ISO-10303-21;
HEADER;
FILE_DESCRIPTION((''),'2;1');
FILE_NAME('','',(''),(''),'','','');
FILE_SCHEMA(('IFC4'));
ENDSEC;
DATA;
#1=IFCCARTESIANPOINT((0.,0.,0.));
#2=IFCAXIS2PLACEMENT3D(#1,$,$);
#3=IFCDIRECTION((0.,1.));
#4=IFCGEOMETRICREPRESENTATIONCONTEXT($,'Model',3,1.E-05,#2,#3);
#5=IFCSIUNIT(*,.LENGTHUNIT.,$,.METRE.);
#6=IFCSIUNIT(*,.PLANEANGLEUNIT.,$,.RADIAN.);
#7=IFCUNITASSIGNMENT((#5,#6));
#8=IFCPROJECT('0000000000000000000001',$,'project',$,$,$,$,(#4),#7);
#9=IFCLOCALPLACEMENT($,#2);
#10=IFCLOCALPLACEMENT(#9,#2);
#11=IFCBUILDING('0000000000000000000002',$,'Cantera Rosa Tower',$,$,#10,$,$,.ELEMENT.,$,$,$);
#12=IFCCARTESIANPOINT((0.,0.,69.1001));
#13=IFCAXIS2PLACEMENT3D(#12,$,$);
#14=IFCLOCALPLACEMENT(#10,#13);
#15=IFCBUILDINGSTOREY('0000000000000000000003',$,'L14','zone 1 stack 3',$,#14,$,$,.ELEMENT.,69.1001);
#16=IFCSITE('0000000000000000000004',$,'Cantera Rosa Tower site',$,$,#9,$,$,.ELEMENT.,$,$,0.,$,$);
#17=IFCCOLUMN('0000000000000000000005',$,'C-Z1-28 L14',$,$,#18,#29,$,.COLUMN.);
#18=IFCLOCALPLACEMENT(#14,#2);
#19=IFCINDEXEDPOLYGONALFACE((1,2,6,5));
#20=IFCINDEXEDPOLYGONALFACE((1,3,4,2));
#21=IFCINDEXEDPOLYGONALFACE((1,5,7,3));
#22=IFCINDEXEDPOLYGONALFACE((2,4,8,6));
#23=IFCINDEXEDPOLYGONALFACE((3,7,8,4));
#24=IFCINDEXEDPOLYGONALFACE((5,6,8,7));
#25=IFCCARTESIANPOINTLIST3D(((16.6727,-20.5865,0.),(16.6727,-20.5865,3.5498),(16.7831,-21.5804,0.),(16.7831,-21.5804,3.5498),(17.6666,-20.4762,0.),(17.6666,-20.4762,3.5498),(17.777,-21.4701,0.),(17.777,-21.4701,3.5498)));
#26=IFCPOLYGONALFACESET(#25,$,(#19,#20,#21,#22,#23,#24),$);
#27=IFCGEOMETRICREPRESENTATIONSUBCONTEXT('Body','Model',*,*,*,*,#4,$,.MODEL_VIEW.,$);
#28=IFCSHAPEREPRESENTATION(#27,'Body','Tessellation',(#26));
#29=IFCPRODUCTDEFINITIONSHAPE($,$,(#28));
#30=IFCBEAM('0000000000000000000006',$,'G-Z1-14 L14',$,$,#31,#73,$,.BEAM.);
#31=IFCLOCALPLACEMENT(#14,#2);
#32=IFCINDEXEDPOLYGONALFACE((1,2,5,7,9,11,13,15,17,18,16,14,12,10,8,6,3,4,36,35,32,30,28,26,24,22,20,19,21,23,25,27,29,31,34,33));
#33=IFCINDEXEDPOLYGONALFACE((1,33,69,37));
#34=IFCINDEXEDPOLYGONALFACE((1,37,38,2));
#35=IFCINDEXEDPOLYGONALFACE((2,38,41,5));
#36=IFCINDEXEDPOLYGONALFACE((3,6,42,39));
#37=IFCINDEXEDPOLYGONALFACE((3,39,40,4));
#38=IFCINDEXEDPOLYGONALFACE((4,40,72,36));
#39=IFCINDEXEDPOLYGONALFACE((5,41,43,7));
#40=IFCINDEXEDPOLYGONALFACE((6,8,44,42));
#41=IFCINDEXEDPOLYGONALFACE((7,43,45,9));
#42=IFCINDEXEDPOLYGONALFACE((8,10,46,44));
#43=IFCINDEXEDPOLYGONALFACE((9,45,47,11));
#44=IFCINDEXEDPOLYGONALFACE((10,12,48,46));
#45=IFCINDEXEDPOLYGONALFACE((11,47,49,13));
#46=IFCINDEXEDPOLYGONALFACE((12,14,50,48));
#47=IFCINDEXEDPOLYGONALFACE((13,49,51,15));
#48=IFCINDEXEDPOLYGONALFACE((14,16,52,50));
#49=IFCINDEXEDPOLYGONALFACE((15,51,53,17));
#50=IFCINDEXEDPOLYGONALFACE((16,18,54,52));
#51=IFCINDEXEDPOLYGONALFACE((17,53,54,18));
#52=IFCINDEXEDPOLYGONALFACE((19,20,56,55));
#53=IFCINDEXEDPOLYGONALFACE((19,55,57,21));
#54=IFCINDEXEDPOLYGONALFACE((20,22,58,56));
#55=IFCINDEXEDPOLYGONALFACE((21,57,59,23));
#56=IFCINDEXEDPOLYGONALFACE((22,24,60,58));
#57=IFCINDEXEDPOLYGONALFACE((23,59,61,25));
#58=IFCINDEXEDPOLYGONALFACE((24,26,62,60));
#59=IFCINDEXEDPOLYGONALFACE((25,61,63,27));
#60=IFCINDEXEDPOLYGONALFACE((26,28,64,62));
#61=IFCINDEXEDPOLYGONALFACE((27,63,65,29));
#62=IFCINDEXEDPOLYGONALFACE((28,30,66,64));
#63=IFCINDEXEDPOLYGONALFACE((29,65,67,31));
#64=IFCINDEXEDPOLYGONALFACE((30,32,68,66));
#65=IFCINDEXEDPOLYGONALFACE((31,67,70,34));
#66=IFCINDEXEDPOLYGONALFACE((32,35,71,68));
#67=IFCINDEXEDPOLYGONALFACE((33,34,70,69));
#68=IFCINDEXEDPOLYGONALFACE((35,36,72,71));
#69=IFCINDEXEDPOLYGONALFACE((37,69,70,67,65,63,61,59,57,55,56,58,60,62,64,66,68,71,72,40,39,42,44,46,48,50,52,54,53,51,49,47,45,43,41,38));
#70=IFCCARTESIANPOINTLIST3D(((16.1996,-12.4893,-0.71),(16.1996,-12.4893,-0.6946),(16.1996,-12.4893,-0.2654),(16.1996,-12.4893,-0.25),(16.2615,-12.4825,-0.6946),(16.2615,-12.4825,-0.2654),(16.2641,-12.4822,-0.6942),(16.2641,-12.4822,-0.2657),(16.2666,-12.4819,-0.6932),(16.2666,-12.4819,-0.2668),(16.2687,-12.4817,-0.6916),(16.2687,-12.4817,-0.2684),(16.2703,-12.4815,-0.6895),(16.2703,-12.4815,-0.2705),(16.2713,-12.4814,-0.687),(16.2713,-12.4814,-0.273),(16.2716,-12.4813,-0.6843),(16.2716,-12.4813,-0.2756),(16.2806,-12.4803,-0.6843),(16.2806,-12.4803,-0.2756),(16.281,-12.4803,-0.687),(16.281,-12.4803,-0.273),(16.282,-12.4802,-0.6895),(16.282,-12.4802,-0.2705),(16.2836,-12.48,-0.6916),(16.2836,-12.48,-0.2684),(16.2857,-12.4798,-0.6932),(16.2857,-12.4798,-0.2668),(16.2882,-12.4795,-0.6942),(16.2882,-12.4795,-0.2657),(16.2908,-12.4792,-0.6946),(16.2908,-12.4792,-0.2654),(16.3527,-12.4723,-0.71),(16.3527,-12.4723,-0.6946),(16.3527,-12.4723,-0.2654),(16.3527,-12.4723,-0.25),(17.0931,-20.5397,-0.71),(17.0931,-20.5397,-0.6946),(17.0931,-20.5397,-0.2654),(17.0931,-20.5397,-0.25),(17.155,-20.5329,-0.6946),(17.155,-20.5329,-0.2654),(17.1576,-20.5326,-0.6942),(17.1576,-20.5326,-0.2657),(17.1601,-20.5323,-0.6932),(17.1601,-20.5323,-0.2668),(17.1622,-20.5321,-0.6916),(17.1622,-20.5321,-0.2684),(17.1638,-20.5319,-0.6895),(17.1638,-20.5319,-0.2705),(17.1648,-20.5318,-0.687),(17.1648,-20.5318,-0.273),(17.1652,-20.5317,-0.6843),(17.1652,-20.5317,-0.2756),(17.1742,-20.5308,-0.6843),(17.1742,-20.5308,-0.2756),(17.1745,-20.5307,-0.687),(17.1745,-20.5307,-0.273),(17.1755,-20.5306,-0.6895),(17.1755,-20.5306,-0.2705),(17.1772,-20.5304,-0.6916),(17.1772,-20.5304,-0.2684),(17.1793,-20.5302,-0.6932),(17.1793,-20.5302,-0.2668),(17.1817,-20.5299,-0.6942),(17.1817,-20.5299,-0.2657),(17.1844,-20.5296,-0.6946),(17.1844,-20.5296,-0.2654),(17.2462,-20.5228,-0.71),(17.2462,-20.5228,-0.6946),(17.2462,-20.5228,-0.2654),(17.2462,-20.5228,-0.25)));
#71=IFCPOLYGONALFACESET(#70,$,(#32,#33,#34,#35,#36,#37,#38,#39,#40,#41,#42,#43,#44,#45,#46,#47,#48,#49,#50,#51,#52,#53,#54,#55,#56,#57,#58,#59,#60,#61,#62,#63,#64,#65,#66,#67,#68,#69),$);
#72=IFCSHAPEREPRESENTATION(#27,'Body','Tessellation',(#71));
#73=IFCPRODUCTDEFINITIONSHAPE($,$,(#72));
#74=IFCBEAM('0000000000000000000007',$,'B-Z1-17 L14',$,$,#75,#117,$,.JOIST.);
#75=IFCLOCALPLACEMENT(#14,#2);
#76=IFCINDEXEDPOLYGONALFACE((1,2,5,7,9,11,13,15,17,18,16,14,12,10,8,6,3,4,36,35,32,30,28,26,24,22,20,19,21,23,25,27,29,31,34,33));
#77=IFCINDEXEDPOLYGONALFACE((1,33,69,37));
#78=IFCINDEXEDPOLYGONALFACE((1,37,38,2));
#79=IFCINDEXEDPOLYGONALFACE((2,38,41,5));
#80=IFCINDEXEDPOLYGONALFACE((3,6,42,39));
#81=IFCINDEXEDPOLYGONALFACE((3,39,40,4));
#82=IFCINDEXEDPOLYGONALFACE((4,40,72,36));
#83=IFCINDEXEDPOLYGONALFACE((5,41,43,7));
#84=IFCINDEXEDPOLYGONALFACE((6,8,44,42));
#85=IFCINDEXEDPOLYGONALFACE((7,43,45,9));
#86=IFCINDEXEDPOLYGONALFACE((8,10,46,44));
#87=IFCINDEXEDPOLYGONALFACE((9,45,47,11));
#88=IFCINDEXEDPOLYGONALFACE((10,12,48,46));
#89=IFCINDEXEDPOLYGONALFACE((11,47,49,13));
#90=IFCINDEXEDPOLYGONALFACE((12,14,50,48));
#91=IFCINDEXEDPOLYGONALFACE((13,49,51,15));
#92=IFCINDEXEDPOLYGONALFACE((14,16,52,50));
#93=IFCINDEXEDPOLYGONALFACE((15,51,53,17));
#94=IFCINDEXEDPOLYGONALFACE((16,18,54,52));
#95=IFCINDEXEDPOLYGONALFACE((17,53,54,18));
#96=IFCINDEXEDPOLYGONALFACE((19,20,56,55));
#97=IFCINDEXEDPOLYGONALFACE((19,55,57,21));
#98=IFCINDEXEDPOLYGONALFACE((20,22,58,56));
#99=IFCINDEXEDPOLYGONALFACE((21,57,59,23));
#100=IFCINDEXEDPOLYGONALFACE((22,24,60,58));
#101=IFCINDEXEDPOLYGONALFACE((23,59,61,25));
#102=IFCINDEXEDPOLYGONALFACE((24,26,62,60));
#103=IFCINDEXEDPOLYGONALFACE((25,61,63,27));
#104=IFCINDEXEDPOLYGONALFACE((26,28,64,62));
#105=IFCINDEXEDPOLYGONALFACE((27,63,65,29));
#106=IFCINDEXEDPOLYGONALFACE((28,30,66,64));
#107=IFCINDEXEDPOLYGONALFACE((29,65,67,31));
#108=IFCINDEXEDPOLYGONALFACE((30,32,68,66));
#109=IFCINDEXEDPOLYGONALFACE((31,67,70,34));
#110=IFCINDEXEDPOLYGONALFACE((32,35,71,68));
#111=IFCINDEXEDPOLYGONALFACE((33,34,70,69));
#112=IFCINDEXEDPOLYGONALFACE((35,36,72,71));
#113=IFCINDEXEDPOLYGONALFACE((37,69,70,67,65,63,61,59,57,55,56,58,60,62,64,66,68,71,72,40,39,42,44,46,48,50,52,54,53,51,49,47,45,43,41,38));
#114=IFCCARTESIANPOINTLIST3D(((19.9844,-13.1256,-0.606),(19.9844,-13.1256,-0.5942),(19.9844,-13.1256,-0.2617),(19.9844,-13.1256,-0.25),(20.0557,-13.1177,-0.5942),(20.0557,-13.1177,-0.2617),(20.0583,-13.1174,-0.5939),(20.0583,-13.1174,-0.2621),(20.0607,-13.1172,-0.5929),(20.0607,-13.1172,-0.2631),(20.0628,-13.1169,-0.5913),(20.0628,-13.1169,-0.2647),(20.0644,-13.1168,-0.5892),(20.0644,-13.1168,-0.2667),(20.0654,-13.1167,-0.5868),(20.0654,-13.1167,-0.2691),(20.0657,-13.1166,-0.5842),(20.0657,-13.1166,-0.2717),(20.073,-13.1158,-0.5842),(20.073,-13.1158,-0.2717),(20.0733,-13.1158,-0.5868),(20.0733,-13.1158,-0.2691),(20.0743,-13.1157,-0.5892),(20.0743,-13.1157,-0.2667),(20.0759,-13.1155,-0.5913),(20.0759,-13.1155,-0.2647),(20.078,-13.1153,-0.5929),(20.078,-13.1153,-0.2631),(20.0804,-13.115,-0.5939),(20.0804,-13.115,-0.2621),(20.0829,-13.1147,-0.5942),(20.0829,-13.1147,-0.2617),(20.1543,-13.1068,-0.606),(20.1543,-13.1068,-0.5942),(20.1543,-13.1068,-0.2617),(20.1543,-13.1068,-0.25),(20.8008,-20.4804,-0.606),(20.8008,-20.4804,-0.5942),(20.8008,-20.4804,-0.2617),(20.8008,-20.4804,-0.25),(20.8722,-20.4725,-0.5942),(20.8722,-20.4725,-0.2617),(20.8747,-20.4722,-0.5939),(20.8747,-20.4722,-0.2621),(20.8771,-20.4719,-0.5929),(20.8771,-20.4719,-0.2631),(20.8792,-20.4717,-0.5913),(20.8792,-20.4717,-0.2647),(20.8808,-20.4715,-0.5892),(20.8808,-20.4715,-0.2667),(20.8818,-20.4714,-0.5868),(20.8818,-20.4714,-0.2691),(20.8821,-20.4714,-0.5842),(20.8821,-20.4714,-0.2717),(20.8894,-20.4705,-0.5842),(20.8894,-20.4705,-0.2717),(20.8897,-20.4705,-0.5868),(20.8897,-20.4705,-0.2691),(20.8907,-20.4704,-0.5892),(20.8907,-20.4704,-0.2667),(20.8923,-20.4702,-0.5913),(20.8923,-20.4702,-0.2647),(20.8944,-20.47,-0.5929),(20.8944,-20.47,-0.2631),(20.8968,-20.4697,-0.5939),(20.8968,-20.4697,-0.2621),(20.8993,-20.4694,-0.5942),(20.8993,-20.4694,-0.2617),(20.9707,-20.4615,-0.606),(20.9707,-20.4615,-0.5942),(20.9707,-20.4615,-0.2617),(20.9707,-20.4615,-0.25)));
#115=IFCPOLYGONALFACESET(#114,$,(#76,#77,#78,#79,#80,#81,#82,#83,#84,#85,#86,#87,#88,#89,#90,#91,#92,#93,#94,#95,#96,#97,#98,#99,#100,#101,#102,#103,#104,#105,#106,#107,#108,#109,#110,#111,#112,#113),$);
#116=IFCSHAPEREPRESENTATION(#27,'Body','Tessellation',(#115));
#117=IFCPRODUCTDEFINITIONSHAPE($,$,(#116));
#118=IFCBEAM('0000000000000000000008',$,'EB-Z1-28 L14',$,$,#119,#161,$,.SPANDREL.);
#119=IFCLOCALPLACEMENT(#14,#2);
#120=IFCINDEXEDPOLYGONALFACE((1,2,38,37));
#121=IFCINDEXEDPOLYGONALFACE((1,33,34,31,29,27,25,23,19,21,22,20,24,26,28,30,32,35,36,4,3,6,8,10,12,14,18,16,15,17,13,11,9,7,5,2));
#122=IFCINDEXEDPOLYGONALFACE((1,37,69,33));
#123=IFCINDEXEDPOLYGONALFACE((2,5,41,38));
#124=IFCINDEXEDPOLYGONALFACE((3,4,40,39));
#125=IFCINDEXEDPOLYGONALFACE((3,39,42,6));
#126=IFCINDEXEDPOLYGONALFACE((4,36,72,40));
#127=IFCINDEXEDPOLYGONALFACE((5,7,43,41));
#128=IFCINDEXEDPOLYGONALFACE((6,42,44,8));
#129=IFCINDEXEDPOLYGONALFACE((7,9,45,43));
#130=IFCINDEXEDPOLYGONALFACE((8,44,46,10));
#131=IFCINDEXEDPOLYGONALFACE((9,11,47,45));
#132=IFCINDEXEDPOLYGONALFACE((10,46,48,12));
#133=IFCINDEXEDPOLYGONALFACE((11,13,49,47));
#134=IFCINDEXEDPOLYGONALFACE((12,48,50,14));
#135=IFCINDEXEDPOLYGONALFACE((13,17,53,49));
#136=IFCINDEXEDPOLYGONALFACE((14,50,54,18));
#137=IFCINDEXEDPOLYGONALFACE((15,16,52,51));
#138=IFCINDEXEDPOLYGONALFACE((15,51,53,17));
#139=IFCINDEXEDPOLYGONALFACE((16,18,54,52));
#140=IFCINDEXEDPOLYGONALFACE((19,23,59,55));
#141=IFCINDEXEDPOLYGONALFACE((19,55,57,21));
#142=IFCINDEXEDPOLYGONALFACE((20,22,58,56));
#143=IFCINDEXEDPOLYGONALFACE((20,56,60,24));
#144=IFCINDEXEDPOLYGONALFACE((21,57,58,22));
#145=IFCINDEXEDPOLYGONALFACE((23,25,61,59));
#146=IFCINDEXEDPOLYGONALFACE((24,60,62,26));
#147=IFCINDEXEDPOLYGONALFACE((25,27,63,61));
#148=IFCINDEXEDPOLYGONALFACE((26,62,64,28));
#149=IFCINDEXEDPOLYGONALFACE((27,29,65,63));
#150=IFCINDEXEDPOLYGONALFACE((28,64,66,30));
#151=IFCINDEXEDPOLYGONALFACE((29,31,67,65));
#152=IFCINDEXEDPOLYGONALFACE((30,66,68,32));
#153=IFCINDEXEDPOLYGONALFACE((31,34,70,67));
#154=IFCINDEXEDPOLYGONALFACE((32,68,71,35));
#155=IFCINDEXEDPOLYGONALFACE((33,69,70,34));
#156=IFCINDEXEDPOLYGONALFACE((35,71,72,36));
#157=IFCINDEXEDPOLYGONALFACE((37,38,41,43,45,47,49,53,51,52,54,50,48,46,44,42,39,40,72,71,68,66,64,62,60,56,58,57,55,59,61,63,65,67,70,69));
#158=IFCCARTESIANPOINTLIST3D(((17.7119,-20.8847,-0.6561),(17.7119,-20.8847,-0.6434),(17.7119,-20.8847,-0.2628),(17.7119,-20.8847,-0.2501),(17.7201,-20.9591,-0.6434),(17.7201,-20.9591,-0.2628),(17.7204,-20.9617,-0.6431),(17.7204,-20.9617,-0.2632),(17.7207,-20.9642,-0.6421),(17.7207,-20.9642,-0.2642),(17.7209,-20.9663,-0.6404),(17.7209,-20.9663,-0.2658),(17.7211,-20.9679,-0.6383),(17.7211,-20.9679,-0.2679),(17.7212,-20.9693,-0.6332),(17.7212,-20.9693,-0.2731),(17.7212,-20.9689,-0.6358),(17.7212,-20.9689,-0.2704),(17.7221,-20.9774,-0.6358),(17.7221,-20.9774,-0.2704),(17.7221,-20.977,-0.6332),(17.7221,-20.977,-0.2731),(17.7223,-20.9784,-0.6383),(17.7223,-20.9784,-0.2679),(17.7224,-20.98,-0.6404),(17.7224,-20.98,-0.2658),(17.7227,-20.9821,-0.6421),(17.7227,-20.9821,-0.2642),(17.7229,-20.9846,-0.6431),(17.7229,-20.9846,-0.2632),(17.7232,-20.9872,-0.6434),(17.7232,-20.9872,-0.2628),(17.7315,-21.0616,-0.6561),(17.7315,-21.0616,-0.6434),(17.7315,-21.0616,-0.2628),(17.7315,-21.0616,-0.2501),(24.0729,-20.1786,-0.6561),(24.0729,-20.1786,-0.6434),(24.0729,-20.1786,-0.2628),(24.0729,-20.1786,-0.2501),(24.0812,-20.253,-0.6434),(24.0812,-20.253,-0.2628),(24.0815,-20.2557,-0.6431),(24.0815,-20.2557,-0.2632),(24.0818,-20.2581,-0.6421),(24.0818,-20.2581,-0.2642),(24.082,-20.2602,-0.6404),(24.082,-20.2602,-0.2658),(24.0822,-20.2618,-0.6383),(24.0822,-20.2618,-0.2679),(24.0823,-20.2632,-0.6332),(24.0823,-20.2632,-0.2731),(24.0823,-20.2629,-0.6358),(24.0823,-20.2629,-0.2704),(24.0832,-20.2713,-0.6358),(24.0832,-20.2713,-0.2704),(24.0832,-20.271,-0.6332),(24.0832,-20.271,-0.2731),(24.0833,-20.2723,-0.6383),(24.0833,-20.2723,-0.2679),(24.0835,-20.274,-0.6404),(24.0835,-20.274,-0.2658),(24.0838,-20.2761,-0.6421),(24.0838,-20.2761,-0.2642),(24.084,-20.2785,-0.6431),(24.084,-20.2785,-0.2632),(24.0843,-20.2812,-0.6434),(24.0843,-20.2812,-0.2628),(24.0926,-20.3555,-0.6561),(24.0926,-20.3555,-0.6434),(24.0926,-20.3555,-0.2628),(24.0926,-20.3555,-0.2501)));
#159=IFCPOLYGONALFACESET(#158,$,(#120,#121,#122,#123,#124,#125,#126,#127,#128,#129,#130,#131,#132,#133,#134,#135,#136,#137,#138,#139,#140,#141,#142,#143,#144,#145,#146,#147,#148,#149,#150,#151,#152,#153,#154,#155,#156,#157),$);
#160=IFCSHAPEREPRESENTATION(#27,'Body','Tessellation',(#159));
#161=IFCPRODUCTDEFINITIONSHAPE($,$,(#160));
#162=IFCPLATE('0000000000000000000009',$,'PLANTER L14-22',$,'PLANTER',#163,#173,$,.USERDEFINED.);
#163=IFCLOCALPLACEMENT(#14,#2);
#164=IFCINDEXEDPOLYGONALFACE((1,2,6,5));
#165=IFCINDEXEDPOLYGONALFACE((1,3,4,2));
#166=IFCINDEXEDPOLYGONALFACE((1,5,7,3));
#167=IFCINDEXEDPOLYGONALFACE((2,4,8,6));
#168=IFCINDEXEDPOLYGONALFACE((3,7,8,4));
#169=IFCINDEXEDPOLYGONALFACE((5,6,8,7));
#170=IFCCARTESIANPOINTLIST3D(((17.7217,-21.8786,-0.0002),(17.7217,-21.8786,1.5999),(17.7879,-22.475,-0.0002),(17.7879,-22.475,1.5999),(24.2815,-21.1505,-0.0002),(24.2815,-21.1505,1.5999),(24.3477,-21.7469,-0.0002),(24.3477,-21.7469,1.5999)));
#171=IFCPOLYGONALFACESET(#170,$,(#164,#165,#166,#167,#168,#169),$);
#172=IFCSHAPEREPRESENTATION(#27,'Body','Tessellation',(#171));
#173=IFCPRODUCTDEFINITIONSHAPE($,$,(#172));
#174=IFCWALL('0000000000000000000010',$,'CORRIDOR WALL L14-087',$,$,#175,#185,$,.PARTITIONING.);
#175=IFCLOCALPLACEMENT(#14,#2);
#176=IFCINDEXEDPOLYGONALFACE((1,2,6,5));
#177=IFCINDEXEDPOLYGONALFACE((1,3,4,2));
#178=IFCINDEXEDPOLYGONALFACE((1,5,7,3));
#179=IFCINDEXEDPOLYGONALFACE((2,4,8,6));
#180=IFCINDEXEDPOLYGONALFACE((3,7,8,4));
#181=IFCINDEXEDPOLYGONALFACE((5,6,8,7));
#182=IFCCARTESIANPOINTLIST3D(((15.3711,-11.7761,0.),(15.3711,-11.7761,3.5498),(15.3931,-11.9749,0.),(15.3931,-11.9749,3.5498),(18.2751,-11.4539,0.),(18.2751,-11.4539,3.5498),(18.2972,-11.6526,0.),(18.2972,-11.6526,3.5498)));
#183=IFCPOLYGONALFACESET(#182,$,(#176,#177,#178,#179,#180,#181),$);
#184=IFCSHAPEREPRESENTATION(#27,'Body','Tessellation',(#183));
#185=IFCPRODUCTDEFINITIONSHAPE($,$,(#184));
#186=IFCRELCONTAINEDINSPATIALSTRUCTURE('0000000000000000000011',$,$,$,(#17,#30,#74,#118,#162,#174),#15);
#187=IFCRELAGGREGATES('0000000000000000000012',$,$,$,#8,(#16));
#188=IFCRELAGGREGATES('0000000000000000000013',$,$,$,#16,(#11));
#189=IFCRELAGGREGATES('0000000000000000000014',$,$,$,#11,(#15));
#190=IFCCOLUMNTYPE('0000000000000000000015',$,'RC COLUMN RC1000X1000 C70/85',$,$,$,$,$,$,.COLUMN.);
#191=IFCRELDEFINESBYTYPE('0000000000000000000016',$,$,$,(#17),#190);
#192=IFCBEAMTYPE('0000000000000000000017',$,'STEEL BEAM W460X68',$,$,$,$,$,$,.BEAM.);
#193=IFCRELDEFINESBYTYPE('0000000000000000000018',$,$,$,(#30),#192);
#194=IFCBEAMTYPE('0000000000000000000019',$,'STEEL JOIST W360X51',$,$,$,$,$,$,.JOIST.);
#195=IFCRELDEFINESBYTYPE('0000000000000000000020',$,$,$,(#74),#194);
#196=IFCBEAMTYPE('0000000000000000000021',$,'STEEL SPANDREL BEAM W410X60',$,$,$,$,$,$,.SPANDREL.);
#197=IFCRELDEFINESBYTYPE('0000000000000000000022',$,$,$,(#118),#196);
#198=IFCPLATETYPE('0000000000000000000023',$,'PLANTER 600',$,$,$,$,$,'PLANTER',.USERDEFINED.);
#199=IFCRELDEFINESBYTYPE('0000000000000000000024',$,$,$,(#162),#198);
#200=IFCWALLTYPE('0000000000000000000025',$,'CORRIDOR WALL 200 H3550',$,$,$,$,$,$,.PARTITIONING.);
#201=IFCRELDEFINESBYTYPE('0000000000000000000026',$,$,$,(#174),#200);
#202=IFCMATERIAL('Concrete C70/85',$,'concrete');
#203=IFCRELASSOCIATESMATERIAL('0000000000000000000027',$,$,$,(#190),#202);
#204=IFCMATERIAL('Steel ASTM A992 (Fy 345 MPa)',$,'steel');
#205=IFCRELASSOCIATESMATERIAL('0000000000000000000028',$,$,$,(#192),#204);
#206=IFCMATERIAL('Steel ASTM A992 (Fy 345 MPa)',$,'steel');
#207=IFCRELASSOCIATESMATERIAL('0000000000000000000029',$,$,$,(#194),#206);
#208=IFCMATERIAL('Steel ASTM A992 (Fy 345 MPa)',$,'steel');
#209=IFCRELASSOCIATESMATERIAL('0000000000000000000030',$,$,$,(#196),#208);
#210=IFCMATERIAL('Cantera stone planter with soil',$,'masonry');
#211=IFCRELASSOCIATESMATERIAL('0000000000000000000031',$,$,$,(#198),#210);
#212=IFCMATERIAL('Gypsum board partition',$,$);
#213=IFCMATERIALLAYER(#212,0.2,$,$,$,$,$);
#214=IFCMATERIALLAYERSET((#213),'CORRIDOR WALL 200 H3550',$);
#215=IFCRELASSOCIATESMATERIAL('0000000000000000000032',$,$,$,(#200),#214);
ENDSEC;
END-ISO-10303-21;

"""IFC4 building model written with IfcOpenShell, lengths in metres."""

from ifc_helpers import new_model, si_unit, direction, frame, frame_2d, origin, origin_2d, place, context, subcontext, project, spatial, rectangle, i_section, extrude, material, layer, layer_set, material_profile, profile_set, type_object, element, save


model = new_model("IFC4")

# Units and contexts
model_context = context("Model", 3, precision=1e-05, world=origin(), true_north=direction((0.0, 1.0)))
body_context = subcontext(model_context, "Body", "Model", "MODEL_VIEW")
ifc_project = project(units=[si_unit("LENGTHUNIT", "METRE"), si_unit("PLANEANGLEUNIT", "RADIAN")], contexts=[model_context])

# Site, building, storey
site_placement = place(None, origin())
site = spatial("IfcSite", under=ifc_project, at=site_placement, Name="Cantera Rosa Tower site", CompositionType="ELEMENT", RefElevation=0.0)
building_placement = place(site_placement, origin())
building = spatial("IfcBuilding", under=site, at=building_placement, Name="Cantera Rosa Tower", CompositionType="ELEMENT")
storey_placement = place(building_placement, frame((0.0, 0.0, 69.1001)))
storey = spatial("IfcBuildingStorey", under=building, at=storey_placement, Name="L14", Description="zone 1 stack 3", CompositionType="ELEMENT", Elevation=69.1001)

# Column
ifc_material_1 = material(Name="Concrete C70/85", Category="concrete")
ifc_material_profile_1 = material_profile(ifc_material_1, rectangle(XDim=1.0, YDim=1.0, at=origin_2d()), Name="RC COLUMN RC1000X1000 C70/85")
ifc_profile_set_1 = profile_set([ifc_material_profile_1], Name="Concrete C70/85")
column_type = type_object("IfcColumnType", Name="RC COLUMN RC1000X1000 C70/85", PredefinedType="COLUMN", material=ifc_profile_set_1)
column_placement = place(storey_placement, frame((17.2249, -21.0283, 0.0), z_axis=(0.0, 0.0, 1.0), x_axis=(0.993897, 0.110313, 0.0)))
element("IfcColumn", 1, at=column_placement, inside=storey, type_object=column_type, Name="C-Z1-28 L14", PredefinedType="COLUMN", context=body_context, shape_type="SweptSolid", body=[
    extrude(rectangle(XDim=1.0, YDim=1.0, at=origin_2d()), origin(), (0.0, 0.0, 1.0), 3.5498),
])

# Beams
ifc_material_2 = material(Name="Steel ASTM A992 (Fy 345 MPa)", Category="steel")
ifc_material_profile_2 = material_profile(ifc_material_2, i_section(OverallWidth=0.1541, OverallDepth=0.46, WebThickness=0.009, FlangeThickness=0.0154, FilletRadius=0.0103, at=origin_2d()), Name="W460X68")
ifc_profile_set_2 = profile_set([ifc_material_profile_2], Name="Steel ASTM A992 (Fy 345 MPa)")
beam_type_1 = type_object("IfcBeamType", Name="STEEL BEAM W460X68", PredefinedType="BEAM", material=ifc_profile_set_2)
beam_1_placement = place(storey_placement, frame((17.1697, -20.5312, -0.48), z_axis=(-0.110316, 0.993897, 0.0), x_axis=(-0.993897, -0.110316, 0.0)))
element("IfcBeam", 2, at=beam_1_placement, inside=storey, type_object=beam_type_1, Name="G-Z1-14 L14", PredefinedType="BEAM", context=body_context, shape_type="SweptSolid", body=[
    extrude(i_section(OverallWidth=0.1541, OverallDepth=0.46, WebThickness=0.009, FlangeThickness=0.0154, FilletRadius=0.0103, at=origin_2d()), origin(), (0.0, 0.0, 1.0), 8.0999),
])
ifc_material_3 = material(Name="Steel ASTM A992 (Fy 345 MPa)", Category="steel")
ifc_material_profile_3 = material_profile(ifc_material_3, i_section(OverallWidth=0.1709, OverallDepth=0.356, WebThickness=0.0073, FlangeThickness=0.0117, FilletRadius=0.01, at=origin_2d()), Name="W360X51")
ifc_profile_set_3 = profile_set([ifc_material_profile_3], Name="Steel ASTM A992 (Fy 345 MPa)")
beam_type_2 = type_object("IfcBeamType", Name="STEEL JOIST W360X51", PredefinedType="JOIST", material=ifc_profile_set_3)
beam_2_placement = place(storey_placement, frame((20.8857, -20.4709, -0.428), z_axis=(-0.110327, 0.993895, 0.0), x_axis=(-0.993895, -0.110327, 0.0)))
element("IfcBeam", 3, at=beam_2_placement, inside=storey, type_object=beam_type_2, Name="B-Z1-17 L14", PredefinedType="JOIST", context=body_context, shape_type="SweptSolid", body=[
    extrude(i_section(OverallWidth=0.1709, OverallDepth=0.356, WebThickness=0.0073, FlangeThickness=0.0117, FilletRadius=0.01, at=origin_2d()), origin(), (0.0, 0.0, 1.0), 7.3999),
])
ifc_material_4 = material(Name="Steel ASTM A992 (Fy 345 MPa)", Category="steel")
ifc_material_profile_4 = material_profile(ifc_material_4, i_section(OverallWidth=0.178, OverallDepth=0.406, WebThickness=0.0078, FlangeThickness=0.0127, FilletRadius=0.0103, at=origin_2d()), Name="W410X60")
ifc_profile_set_4 = profile_set([ifc_material_profile_4], Name="Steel ASTM A992 (Fy 345 MPa)")
beam_type_3 = type_object("IfcBeamType", Name="STEEL SPANDREL BEAM W410X60", PredefinedType="SPANDREL", material=ifc_profile_set_4)
beam_3_placement = place(storey_placement, frame((17.7217, -20.9731, -0.4531), z_axis=(0.993896, 0.110318, 0.0), x_axis=(-0.110318, 0.993896, 0.0)))
element("IfcBeam", 4, at=beam_3_placement, inside=storey, type_object=beam_type_3, Name="EB-Z1-28 L14", PredefinedType="SPANDREL", context=body_context, shape_type="SweptSolid", body=[
    extrude(i_section(OverallWidth=0.178, OverallDepth=0.406, WebThickness=0.0078, FlangeThickness=0.0127, FilletRadius=0.0103, at=origin_2d()), origin(), (0.0, 0.0, 1.0), 6.4001),
])

# Plate
ifc_material_5 = material(Name="Cantera stone planter with soil", Category="masonry")
plate_type = type_object("IfcPlateType", Name="PLANTER 600", ElementType="PLANTER", PredefinedType="USERDEFINED", material=ifc_material_5)
plate_placement = place(storey_placement, frame((21.0347, -21.8127, -0.0002), z_axis=(0.0, 0.0, 1.0), x_axis=(0.993897, 0.110313, 0.0)))
element("IfcPlate", 5, at=plate_placement, inside=storey, type_object=plate_type, Name="PLANTER L14-22", ObjectType="PLANTER", PredefinedType="USERDEFINED", context=body_context, shape_type="SweptSolid", body=[
    extrude(rectangle(XDim=6.6001, YDim=0.6001, at=origin_2d()), origin(), (0.0, 0.0, 1.0), 1.6001),
])

# Wall
ifc_material_6 = material(Name="Gypsum board partition")
ifc_layer_1 = layer(ifc_material_6, 0.2)
ifc_layer_set_1 = layer_set([ifc_layer_1], Name="CORRIDOR WALL 200 H3550")
wall_type_1 = type_object("IfcWallType", Name="CORRIDOR WALL 200 H3550", PredefinedType="PARTITIONING", material=ifc_layer_set_1)
wall_1_placement = place(storey_placement, frame((15.3821, -11.8755, 0.0), z_axis=(0.0, 0.0, 1.0), x_axis=(0.993899, 0.110294, 0.0)))
element("IfcWall", 6, at=wall_1_placement, inside=storey, type_object=wall_type_1, Name="CORRIDOR WALL L14-087", PredefinedType="PARTITIONING", context=body_context, shape_type="SweptSolid", body=[
    extrude(rectangle(XDim=2.9219, YDim=0.2, at=frame_2d((1.4609, 0.0))), origin(), (0.0, 0.0, 1.0), 3.5498),
])

save(model, "model.ifc")
